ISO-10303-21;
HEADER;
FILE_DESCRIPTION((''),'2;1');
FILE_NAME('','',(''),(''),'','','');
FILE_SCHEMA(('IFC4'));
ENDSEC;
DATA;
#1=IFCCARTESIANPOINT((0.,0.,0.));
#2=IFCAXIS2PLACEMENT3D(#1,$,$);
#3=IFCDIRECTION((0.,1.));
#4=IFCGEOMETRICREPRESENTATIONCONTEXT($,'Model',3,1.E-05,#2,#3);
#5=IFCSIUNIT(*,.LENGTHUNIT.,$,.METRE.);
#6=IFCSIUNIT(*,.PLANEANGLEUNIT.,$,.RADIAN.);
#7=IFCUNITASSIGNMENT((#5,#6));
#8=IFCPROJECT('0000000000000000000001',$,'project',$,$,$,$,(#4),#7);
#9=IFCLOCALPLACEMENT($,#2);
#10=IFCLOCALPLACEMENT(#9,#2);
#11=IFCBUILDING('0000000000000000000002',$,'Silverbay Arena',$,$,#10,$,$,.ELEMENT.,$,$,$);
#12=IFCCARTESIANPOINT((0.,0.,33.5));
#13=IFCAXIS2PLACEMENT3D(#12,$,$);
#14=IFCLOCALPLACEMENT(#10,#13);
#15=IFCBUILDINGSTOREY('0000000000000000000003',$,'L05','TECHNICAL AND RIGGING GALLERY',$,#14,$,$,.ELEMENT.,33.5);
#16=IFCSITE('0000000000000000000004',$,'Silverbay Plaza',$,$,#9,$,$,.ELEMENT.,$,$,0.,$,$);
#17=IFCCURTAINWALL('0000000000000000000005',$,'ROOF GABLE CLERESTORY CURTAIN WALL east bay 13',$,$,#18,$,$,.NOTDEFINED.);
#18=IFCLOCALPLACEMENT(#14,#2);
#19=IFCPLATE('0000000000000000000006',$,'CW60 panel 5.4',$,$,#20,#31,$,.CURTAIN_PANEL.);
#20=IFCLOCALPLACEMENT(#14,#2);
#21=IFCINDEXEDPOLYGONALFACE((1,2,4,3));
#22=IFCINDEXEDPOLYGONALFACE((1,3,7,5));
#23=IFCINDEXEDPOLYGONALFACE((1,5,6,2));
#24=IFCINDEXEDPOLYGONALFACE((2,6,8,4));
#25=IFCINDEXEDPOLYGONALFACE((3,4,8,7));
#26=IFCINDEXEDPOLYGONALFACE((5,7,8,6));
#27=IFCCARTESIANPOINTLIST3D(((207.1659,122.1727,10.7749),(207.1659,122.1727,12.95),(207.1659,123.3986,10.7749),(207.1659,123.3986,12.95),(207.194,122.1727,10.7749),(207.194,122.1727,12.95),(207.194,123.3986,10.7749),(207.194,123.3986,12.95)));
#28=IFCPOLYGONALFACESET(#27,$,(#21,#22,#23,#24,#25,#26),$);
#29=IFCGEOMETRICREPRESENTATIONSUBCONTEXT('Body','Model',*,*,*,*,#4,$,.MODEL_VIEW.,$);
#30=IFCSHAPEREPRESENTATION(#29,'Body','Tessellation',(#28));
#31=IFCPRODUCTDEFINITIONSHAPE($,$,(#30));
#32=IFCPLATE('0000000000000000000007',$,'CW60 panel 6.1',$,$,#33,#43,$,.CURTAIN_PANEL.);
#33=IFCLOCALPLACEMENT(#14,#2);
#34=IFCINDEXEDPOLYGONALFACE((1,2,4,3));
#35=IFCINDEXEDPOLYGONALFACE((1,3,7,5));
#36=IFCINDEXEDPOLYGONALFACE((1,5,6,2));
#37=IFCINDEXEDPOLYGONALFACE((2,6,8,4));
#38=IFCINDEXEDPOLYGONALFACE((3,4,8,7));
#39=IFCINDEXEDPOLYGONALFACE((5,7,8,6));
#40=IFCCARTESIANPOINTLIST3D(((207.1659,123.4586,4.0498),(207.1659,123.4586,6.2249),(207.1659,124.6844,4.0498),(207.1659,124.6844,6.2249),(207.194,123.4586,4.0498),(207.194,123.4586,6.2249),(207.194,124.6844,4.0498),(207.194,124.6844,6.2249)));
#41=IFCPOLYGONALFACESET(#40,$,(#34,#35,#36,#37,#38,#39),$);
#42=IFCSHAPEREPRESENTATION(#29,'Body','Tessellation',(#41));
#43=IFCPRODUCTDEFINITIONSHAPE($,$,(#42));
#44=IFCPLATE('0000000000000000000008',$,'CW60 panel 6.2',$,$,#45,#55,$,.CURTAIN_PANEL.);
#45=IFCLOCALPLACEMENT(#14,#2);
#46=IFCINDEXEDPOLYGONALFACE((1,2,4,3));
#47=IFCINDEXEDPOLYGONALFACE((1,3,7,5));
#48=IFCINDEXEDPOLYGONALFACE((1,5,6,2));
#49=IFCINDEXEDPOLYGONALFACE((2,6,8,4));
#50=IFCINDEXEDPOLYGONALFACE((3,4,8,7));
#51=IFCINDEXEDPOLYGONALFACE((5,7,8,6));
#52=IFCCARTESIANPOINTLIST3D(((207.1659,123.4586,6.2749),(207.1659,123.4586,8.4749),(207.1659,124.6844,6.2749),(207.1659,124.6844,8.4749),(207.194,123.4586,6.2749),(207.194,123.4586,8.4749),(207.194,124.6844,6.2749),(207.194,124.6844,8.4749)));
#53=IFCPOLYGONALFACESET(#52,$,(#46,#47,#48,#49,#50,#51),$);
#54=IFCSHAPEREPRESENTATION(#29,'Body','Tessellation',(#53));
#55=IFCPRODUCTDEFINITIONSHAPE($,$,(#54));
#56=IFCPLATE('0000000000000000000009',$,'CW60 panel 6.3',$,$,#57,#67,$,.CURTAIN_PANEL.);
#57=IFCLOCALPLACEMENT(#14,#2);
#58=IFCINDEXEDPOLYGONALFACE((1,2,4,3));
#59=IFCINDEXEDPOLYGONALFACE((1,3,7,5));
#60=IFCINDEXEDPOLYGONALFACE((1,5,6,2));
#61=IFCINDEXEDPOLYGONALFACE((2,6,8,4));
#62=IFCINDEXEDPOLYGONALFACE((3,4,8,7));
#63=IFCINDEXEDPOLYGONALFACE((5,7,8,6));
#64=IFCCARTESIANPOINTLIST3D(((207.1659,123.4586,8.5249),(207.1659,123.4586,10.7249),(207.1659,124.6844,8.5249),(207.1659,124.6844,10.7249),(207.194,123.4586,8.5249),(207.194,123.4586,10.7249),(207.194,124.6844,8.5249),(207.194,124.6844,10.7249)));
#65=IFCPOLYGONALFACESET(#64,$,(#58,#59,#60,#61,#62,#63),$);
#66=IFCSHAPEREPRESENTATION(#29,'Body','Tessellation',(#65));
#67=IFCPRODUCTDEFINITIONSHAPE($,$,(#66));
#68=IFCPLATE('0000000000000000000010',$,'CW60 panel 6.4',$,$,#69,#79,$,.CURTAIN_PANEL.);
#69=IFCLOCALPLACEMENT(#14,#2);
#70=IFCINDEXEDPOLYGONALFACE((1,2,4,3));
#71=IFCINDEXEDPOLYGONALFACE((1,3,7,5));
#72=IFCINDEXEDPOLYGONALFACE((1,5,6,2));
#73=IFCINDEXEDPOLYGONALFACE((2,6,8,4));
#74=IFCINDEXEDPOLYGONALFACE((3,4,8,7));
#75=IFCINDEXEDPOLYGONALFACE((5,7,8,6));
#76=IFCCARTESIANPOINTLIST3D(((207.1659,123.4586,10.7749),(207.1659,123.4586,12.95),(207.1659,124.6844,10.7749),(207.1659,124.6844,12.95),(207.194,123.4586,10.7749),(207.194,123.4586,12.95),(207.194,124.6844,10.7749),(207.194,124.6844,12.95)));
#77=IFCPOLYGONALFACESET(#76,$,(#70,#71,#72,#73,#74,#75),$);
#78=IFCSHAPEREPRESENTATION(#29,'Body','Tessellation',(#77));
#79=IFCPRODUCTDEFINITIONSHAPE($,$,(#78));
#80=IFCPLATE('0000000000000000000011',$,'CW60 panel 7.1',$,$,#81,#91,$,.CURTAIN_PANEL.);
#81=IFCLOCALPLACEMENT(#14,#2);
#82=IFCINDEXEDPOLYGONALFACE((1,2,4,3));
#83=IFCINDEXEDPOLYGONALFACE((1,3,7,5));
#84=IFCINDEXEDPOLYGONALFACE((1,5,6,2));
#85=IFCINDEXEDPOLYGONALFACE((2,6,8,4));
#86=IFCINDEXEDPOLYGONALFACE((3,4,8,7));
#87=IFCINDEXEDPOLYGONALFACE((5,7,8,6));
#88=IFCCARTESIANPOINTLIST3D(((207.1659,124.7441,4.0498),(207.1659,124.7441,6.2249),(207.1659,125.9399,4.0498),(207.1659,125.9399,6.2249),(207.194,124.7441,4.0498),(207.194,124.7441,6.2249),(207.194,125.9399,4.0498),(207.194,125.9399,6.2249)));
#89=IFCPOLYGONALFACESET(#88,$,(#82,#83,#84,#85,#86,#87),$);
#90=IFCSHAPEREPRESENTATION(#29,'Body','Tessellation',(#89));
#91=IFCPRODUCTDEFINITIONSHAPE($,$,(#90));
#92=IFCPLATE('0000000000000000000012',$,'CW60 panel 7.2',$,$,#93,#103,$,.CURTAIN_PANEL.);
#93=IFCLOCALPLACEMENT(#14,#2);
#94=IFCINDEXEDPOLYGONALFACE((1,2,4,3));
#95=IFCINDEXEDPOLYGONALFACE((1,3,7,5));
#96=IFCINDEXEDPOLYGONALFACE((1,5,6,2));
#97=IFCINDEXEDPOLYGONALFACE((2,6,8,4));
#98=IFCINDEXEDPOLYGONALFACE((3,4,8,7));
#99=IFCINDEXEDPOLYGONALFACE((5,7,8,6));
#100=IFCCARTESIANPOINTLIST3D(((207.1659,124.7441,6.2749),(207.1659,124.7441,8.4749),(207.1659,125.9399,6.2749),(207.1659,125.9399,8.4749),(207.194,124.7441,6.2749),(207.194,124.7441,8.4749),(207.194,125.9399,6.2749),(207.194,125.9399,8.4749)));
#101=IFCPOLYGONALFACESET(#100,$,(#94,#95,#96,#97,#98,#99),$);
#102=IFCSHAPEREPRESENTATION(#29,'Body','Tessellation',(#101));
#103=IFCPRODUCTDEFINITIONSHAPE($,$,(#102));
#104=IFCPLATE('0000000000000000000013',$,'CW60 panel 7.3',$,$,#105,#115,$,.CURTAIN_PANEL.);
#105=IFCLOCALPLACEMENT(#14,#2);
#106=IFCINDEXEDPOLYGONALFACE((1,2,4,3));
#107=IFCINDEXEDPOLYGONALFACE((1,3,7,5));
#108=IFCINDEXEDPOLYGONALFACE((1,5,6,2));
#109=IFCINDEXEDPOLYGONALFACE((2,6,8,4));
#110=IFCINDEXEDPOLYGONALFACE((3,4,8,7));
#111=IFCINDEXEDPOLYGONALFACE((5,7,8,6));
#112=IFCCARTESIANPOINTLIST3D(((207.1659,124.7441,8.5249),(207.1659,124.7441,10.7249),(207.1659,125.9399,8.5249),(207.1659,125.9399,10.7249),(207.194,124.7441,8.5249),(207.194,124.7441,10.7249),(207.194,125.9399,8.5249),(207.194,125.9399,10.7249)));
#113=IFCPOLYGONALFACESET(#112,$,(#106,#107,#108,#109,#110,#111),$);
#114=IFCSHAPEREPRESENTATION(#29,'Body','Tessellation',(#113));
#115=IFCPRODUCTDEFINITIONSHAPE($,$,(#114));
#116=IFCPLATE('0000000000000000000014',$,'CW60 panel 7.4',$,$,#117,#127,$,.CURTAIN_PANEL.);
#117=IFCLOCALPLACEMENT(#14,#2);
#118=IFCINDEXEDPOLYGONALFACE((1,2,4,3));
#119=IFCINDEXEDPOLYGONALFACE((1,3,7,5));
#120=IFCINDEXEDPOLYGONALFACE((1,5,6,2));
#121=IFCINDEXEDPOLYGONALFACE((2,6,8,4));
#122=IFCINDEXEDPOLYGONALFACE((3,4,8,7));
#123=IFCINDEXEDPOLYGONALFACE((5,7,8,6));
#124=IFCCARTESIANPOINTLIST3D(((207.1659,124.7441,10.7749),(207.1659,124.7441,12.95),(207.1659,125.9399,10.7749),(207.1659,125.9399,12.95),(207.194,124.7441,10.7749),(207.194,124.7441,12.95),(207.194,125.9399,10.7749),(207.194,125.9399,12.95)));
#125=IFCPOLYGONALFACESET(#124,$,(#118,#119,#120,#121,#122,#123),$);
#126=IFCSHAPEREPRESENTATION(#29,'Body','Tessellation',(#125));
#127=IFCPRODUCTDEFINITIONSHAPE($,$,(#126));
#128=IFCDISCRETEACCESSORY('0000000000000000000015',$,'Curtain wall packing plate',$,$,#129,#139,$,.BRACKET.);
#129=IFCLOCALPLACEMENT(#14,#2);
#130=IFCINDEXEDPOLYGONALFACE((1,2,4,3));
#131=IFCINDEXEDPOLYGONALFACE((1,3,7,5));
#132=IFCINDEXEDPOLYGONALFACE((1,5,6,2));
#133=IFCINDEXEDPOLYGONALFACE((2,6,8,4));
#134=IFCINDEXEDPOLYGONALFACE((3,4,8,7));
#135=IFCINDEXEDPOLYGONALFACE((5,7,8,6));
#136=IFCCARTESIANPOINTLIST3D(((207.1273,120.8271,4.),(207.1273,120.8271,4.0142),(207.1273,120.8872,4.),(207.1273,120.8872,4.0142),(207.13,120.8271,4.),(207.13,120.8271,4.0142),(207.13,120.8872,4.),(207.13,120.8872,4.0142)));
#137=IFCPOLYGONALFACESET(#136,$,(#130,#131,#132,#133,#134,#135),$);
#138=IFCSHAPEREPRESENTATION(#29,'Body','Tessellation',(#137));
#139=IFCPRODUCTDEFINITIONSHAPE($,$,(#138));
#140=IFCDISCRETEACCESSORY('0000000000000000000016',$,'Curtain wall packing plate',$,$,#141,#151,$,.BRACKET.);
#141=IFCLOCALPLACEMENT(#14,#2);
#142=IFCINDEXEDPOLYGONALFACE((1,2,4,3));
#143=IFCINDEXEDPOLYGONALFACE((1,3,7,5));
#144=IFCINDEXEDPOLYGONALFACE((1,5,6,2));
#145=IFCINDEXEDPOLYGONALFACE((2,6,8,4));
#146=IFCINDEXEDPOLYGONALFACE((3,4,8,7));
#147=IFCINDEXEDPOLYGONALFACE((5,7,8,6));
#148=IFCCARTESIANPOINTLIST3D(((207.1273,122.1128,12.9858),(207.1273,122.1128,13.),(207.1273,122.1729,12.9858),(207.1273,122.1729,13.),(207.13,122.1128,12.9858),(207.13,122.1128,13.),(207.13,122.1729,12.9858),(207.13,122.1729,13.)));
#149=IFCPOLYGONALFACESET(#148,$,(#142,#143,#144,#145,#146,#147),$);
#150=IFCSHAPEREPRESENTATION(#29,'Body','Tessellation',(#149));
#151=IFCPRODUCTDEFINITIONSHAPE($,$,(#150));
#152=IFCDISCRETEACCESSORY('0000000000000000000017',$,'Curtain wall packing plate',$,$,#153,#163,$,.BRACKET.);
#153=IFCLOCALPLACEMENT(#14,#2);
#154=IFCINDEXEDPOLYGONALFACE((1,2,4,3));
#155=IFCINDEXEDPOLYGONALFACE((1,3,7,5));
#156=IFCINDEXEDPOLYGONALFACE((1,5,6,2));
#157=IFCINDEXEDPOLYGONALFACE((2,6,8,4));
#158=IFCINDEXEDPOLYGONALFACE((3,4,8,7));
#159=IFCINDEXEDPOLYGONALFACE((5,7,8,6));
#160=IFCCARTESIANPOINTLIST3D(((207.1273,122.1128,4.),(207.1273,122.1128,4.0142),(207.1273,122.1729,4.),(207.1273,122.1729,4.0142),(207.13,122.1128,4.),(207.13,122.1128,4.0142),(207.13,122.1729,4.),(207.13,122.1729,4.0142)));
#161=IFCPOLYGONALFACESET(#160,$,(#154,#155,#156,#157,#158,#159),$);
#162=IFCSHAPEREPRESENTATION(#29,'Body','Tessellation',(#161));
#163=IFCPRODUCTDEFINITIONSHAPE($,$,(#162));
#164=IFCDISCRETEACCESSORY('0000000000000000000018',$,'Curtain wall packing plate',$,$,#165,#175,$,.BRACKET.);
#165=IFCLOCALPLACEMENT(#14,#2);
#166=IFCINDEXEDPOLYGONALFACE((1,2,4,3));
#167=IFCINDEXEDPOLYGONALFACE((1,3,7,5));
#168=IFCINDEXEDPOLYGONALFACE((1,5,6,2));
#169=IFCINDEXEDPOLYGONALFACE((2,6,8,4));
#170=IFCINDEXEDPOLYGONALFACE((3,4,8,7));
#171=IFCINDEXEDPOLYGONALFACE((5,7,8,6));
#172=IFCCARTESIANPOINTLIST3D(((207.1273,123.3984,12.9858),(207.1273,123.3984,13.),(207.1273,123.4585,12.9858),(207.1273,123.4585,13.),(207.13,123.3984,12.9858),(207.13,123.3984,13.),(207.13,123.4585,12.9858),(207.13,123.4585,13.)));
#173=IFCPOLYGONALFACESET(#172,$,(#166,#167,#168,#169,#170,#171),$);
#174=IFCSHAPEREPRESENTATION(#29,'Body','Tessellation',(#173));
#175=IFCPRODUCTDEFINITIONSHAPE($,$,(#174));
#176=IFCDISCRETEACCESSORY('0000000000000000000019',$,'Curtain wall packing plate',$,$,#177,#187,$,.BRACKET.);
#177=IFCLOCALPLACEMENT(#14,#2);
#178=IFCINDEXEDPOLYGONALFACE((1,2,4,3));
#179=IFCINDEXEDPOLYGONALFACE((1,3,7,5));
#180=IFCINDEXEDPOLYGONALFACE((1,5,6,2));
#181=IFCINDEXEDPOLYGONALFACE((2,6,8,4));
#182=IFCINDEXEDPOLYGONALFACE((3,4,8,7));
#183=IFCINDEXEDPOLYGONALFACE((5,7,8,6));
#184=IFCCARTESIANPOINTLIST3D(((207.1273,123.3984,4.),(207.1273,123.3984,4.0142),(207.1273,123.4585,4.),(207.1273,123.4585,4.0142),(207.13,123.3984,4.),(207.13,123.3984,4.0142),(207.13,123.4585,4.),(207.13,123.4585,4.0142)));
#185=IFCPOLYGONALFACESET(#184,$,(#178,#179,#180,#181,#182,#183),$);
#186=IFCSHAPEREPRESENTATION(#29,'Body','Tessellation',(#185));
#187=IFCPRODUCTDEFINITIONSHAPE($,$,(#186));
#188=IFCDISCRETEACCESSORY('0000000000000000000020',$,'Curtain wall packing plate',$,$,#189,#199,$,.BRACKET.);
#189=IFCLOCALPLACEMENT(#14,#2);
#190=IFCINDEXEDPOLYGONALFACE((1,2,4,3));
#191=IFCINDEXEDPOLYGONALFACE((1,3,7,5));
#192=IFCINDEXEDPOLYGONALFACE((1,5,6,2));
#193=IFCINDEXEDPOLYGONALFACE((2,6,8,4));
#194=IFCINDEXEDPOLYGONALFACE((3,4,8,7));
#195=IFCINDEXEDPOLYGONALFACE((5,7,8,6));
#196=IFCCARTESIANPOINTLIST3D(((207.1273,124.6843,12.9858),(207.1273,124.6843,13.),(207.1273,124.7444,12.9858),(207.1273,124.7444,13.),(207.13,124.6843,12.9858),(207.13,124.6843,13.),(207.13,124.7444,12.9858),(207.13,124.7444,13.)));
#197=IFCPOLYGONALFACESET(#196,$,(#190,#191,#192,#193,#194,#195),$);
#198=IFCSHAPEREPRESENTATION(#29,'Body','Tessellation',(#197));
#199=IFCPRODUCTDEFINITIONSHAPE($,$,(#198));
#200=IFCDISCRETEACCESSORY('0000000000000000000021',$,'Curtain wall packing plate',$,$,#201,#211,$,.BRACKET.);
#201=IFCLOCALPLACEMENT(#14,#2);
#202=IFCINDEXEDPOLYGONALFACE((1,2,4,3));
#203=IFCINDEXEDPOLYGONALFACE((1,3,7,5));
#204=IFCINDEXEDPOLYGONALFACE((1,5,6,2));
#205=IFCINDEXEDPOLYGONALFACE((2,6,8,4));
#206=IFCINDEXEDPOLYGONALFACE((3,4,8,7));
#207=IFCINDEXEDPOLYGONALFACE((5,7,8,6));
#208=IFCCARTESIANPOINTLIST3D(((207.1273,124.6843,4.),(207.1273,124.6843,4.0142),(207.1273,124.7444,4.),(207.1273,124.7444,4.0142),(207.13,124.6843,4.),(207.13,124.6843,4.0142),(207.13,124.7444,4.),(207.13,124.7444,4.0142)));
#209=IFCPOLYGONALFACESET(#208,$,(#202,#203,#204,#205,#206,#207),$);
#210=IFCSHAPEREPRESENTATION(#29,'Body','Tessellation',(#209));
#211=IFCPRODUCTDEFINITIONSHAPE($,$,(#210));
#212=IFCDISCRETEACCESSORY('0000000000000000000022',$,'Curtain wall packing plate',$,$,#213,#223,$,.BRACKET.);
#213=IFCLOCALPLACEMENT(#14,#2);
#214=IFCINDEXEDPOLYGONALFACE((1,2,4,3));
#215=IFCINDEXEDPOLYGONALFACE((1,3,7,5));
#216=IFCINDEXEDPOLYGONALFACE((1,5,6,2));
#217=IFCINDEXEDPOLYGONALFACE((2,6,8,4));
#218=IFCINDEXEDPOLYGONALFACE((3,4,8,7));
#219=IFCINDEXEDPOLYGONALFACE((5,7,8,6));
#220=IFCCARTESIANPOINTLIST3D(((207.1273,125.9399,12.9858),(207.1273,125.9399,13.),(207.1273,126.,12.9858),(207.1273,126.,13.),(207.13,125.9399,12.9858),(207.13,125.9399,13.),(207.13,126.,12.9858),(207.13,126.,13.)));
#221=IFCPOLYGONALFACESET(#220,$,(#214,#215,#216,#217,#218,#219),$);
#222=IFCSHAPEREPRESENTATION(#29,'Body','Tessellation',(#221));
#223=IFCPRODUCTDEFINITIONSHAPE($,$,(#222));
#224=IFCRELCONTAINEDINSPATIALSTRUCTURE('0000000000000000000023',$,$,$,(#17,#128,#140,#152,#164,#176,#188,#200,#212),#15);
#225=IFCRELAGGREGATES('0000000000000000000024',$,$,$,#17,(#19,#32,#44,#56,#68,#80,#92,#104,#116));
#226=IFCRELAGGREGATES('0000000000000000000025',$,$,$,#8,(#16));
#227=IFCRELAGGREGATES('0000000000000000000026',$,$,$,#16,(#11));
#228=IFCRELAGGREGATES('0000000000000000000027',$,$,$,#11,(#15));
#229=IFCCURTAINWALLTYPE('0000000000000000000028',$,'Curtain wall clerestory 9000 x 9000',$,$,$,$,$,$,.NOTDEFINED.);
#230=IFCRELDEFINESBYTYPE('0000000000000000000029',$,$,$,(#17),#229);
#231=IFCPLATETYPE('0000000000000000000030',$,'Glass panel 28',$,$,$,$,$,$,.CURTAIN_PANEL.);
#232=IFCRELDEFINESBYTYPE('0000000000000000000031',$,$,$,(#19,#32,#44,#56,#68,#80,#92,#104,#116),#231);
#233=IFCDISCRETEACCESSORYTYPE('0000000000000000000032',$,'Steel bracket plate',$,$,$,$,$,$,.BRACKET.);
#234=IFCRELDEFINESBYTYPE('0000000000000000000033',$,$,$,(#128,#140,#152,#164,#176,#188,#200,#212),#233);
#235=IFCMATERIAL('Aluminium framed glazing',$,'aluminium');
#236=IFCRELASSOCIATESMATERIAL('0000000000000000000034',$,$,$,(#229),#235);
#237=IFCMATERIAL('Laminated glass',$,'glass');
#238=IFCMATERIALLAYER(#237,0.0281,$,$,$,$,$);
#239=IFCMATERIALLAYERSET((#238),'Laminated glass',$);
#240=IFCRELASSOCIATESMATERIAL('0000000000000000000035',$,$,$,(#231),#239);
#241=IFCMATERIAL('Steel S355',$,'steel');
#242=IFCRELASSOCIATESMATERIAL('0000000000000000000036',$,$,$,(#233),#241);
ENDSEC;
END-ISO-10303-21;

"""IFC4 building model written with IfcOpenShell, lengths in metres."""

from ifc_helpers import new_model, si_unit, direction, frame, origin, origin_2d, place, context, subcontext, project, spatial, rectangle, extrude, material, layer, layer_set, type_object, element, aggregate, save


model = new_model("IFC4")

# Units and contexts
model_context = context("Model", 3, precision=1e-05, world=origin(), true_north=direction((0.0, 1.0)))
body_context = subcontext(model_context, "Body", "Model", "MODEL_VIEW")
ifc_project = project(units=[si_unit("LENGTHUNIT", "METRE"), si_unit("PLANEANGLEUNIT", "RADIAN")], contexts=[model_context])

# Site, building, storey
site_placement = place(None, origin())
site = spatial("IfcSite", under=ifc_project, at=site_placement, Name="Silverbay Plaza", CompositionType="ELEMENT", RefElevation=0.0)
building_placement = place(site_placement, origin())
building = spatial("IfcBuilding", under=site, at=building_placement, Name="Silverbay Arena", CompositionType="ELEMENT")
storey_placement = place(building_placement, frame((0.0, 0.0, 33.5)))
storey = spatial("IfcBuildingStorey", under=building, at=storey_placement, Name="L05", Description="TECHNICAL AND RIGGING GALLERY", CompositionType="ELEMENT", Elevation=33.5)

# Curtain wall, plates
ifc_material_1 = material(Name="Aluminium framed glazing", Category="aluminium")
curtain_wall_type = type_object("IfcCurtainWallType", Name="Curtain wall clerestory 9000 x 9000", PredefinedType="NOTDEFINED", material=ifc_material_1)
curtain_wall_placement = place(storey_placement, origin())
curtain_wall = element("IfcCurtainWall", 1, at=curtain_wall_placement, inside=storey, type_object=curtain_wall_type, Name="ROOF GABLE CLERESTORY CURTAIN WALL east bay 13", PredefinedType="NOTDEFINED")
ifc_material_2 = material(Name="Laminated glass", Category="glass")
ifc_layer = layer(ifc_material_2, 0.0281)
ifc_layer_set = layer_set([ifc_layer], Name="Laminated glass")
plate_type = type_object("IfcPlateType", Name="Glass panel 28", PredefinedType="CURTAIN_PANEL", material=ifc_layer_set)
plate_1_placement = place(storey_placement, frame((207.1799, 122.7856, 10.7749), z_axis=(0.0, 0.0, 1.0), x_axis=(0.0, 1.0, 0.0)))
plate_1 = element("IfcPlate", 2, at=plate_1_placement, type_object=plate_type, Name="CW60 panel 5.4", PredefinedType="CURTAIN_PANEL", context=body_context, shape_type="SweptSolid", body=[
    extrude(rectangle(XDim=1.2258, YDim=0.0281, at=origin_2d()), origin(), (0.0, 0.0, 1.0), 2.175),
])
plate_2_placement = place(storey_placement, frame((207.1799, 124.0715, 4.0498), z_axis=(0.0, 0.0, 1.0), x_axis=(0.0, 1.0, 0.0)))
plate_2 = element("IfcPlate", 3, at=plate_2_placement, type_object=plate_type, Name="CW60 panel 6.1", PredefinedType="CURTAIN_PANEL", context=body_context, shape_type="SweptSolid", body=[
    extrude(rectangle(XDim=1.2258, YDim=0.0281, at=origin_2d()), origin(), (0.0, 0.0, 1.0), 2.175),
])
plate_3_placement = place(storey_placement, frame((207.1799, 124.0715, 6.2749), z_axis=(0.0, 0.0, 1.0), x_axis=(0.0, 1.0, 0.0)))
plate_3 = element("IfcPlate", 4, at=plate_3_placement, type_object=plate_type, Name="CW60 panel 6.2", PredefinedType="CURTAIN_PANEL", context=body_context, shape_type="SweptSolid", body=[
    extrude(rectangle(XDim=1.2258, YDim=0.0281, at=origin_2d()), origin(), (0.0, 0.0, 1.0), 2.2),
])
plate_4_placement = place(storey_placement, frame((207.1799, 124.0715, 8.5249), z_axis=(0.0, 0.0, 1.0), x_axis=(0.0, 1.0, 0.0)))
plate_4 = element("IfcPlate", 5, at=plate_4_placement, type_object=plate_type, Name="CW60 panel 6.3", PredefinedType="CURTAIN_PANEL", context=body_context, shape_type="SweptSolid", body=[
    extrude(rectangle(XDim=1.2258, YDim=0.0281, at=origin_2d()), origin(), (0.0, 0.0, 1.0), 2.2),
])
plate_5_placement = place(storey_placement, frame((207.1799, 124.0715, 10.7749), z_axis=(0.0, 0.0, 1.0), x_axis=(0.0, 1.0, 0.0)))
plate_5 = element("IfcPlate", 6, at=plate_5_placement, type_object=plate_type, Name="CW60 panel 6.4", PredefinedType="CURTAIN_PANEL", context=body_context, shape_type="SweptSolid", body=[
    extrude(rectangle(XDim=1.2258, YDim=0.0281, at=origin_2d()), origin(), (0.0, 0.0, 1.0), 2.175),
])
plate_6_placement = place(storey_placement, frame((207.1799, 125.342, 4.0498), z_axis=(0.0, 0.0, 1.0), x_axis=(0.0, 1.0, 0.0)))
plate_6 = element("IfcPlate", 7, at=plate_6_placement, type_object=plate_type, Name="CW60 panel 7.1", PredefinedType="CURTAIN_PANEL", context=body_context, shape_type="SweptSolid", body=[
    extrude(rectangle(XDim=1.1958, YDim=0.0281, at=origin_2d()), origin(), (0.0, 0.0, 1.0), 2.175),
])
plate_7_placement = place(storey_placement, frame((207.1799, 125.342, 6.2749), z_axis=(0.0, 0.0, 1.0), x_axis=(0.0, 1.0, 0.0)))
plate_7 = element("IfcPlate", 8, at=plate_7_placement, type_object=plate_type, Name="CW60 panel 7.2", PredefinedType="CURTAIN_PANEL", context=body_context, shape_type="SweptSolid", body=[
    extrude(rectangle(XDim=1.1958, YDim=0.0281, at=origin_2d()), origin(), (0.0, 0.0, 1.0), 2.2),
])
plate_8_placement = place(storey_placement, frame((207.1799, 125.342, 8.5249), z_axis=(0.0, 0.0, 1.0), x_axis=(0.0, 1.0, 0.0)))
plate_8 = element("IfcPlate", 9, at=plate_8_placement, type_object=plate_type, Name="CW60 panel 7.3", PredefinedType="CURTAIN_PANEL", context=body_context, shape_type="SweptSolid", body=[
    extrude(rectangle(XDim=1.1958, YDim=0.0281, at=origin_2d()), origin(), (0.0, 0.0, 1.0), 2.2),
])
plate_9_placement = place(storey_placement, frame((207.1799, 125.342, 10.7749), z_axis=(0.0, 0.0, 1.0), x_axis=(0.0, 1.0, 0.0)))
plate_9 = element("IfcPlate", 10, at=plate_9_placement, type_object=plate_type, Name="CW60 panel 7.4", PredefinedType="CURTAIN_PANEL", context=body_context, shape_type="SweptSolid", body=[
    extrude(rectangle(XDim=1.1958, YDim=0.0281, at=origin_2d()), origin(), (0.0, 0.0, 1.0), 2.175),
])
aggregate(curtain_wall, [plate_1, plate_2, plate_3, plate_4, plate_5, plate_6, plate_7, plate_8, plate_9])

# Discrete accessories
ifc_material_3 = material(Name="Steel S355", Category="steel")
discrete_accessory_type = type_object("IfcDiscreteAccessoryType", Name="Steel bracket plate", PredefinedType="BRACKET", material=ifc_material_3)
for number, where, z_axis, x_axis, name in (
    (11, (207.1287, 120.8572, 4.0), (0.0, 0.0, 1.0), (1.0, 0.0, 0.0), "Curtain wall packing plate"),
    (12, (207.1287, 122.1428, 12.9858), (0.0, 0.0, 1.0), (1.0, 0.0, 0.0), "Curtain wall packing plate"),
    (13, (207.1287, 122.1428, 4.0), (0.0, 0.0, 1.0), (1.0, 0.0, 0.0), "Curtain wall packing plate"),
    (14, (207.1287, 123.4285, 12.9858), (0.0, 0.0, 1.0), (1.0, 0.0, 0.0), "Curtain wall packing plate"),
    (15, (207.1287, 123.4285, 4.0), (0.0, 0.0, 1.0), (1.0, 0.0, 0.0), "Curtain wall packing plate"),
    (16, (207.1287, 124.7144, 12.9858), (0.0, 0.0, 1.0), (1.0, 0.0, 0.0), "Curtain wall packing plate"),
    (17, (207.1287, 124.7144, 4.0), (0.0, 0.0, 1.0), (1.0, 0.0, 0.0), "Curtain wall packing plate"),
    (18, (207.1287, 125.97, 12.9858), (0.0, 0.0, 1.0), (1.0, 0.0, 0.0), "Curtain wall packing plate"),
):
    element("IfcDiscreteAccessory", number, at=place(storey_placement, frame(where, z_axis=z_axis, x_axis=x_axis)), inside=storey, type_object=discrete_accessory_type, Name=name, PredefinedType="BRACKET", context=body_context, shape_type="SweptSolid", body=[
        extrude(rectangle(XDim=0.0027, YDim=0.0601, at=origin_2d()), origin(), (0.0, 0.0, 1.0), 0.0142),
    ])

save(model, "model.ifc")
